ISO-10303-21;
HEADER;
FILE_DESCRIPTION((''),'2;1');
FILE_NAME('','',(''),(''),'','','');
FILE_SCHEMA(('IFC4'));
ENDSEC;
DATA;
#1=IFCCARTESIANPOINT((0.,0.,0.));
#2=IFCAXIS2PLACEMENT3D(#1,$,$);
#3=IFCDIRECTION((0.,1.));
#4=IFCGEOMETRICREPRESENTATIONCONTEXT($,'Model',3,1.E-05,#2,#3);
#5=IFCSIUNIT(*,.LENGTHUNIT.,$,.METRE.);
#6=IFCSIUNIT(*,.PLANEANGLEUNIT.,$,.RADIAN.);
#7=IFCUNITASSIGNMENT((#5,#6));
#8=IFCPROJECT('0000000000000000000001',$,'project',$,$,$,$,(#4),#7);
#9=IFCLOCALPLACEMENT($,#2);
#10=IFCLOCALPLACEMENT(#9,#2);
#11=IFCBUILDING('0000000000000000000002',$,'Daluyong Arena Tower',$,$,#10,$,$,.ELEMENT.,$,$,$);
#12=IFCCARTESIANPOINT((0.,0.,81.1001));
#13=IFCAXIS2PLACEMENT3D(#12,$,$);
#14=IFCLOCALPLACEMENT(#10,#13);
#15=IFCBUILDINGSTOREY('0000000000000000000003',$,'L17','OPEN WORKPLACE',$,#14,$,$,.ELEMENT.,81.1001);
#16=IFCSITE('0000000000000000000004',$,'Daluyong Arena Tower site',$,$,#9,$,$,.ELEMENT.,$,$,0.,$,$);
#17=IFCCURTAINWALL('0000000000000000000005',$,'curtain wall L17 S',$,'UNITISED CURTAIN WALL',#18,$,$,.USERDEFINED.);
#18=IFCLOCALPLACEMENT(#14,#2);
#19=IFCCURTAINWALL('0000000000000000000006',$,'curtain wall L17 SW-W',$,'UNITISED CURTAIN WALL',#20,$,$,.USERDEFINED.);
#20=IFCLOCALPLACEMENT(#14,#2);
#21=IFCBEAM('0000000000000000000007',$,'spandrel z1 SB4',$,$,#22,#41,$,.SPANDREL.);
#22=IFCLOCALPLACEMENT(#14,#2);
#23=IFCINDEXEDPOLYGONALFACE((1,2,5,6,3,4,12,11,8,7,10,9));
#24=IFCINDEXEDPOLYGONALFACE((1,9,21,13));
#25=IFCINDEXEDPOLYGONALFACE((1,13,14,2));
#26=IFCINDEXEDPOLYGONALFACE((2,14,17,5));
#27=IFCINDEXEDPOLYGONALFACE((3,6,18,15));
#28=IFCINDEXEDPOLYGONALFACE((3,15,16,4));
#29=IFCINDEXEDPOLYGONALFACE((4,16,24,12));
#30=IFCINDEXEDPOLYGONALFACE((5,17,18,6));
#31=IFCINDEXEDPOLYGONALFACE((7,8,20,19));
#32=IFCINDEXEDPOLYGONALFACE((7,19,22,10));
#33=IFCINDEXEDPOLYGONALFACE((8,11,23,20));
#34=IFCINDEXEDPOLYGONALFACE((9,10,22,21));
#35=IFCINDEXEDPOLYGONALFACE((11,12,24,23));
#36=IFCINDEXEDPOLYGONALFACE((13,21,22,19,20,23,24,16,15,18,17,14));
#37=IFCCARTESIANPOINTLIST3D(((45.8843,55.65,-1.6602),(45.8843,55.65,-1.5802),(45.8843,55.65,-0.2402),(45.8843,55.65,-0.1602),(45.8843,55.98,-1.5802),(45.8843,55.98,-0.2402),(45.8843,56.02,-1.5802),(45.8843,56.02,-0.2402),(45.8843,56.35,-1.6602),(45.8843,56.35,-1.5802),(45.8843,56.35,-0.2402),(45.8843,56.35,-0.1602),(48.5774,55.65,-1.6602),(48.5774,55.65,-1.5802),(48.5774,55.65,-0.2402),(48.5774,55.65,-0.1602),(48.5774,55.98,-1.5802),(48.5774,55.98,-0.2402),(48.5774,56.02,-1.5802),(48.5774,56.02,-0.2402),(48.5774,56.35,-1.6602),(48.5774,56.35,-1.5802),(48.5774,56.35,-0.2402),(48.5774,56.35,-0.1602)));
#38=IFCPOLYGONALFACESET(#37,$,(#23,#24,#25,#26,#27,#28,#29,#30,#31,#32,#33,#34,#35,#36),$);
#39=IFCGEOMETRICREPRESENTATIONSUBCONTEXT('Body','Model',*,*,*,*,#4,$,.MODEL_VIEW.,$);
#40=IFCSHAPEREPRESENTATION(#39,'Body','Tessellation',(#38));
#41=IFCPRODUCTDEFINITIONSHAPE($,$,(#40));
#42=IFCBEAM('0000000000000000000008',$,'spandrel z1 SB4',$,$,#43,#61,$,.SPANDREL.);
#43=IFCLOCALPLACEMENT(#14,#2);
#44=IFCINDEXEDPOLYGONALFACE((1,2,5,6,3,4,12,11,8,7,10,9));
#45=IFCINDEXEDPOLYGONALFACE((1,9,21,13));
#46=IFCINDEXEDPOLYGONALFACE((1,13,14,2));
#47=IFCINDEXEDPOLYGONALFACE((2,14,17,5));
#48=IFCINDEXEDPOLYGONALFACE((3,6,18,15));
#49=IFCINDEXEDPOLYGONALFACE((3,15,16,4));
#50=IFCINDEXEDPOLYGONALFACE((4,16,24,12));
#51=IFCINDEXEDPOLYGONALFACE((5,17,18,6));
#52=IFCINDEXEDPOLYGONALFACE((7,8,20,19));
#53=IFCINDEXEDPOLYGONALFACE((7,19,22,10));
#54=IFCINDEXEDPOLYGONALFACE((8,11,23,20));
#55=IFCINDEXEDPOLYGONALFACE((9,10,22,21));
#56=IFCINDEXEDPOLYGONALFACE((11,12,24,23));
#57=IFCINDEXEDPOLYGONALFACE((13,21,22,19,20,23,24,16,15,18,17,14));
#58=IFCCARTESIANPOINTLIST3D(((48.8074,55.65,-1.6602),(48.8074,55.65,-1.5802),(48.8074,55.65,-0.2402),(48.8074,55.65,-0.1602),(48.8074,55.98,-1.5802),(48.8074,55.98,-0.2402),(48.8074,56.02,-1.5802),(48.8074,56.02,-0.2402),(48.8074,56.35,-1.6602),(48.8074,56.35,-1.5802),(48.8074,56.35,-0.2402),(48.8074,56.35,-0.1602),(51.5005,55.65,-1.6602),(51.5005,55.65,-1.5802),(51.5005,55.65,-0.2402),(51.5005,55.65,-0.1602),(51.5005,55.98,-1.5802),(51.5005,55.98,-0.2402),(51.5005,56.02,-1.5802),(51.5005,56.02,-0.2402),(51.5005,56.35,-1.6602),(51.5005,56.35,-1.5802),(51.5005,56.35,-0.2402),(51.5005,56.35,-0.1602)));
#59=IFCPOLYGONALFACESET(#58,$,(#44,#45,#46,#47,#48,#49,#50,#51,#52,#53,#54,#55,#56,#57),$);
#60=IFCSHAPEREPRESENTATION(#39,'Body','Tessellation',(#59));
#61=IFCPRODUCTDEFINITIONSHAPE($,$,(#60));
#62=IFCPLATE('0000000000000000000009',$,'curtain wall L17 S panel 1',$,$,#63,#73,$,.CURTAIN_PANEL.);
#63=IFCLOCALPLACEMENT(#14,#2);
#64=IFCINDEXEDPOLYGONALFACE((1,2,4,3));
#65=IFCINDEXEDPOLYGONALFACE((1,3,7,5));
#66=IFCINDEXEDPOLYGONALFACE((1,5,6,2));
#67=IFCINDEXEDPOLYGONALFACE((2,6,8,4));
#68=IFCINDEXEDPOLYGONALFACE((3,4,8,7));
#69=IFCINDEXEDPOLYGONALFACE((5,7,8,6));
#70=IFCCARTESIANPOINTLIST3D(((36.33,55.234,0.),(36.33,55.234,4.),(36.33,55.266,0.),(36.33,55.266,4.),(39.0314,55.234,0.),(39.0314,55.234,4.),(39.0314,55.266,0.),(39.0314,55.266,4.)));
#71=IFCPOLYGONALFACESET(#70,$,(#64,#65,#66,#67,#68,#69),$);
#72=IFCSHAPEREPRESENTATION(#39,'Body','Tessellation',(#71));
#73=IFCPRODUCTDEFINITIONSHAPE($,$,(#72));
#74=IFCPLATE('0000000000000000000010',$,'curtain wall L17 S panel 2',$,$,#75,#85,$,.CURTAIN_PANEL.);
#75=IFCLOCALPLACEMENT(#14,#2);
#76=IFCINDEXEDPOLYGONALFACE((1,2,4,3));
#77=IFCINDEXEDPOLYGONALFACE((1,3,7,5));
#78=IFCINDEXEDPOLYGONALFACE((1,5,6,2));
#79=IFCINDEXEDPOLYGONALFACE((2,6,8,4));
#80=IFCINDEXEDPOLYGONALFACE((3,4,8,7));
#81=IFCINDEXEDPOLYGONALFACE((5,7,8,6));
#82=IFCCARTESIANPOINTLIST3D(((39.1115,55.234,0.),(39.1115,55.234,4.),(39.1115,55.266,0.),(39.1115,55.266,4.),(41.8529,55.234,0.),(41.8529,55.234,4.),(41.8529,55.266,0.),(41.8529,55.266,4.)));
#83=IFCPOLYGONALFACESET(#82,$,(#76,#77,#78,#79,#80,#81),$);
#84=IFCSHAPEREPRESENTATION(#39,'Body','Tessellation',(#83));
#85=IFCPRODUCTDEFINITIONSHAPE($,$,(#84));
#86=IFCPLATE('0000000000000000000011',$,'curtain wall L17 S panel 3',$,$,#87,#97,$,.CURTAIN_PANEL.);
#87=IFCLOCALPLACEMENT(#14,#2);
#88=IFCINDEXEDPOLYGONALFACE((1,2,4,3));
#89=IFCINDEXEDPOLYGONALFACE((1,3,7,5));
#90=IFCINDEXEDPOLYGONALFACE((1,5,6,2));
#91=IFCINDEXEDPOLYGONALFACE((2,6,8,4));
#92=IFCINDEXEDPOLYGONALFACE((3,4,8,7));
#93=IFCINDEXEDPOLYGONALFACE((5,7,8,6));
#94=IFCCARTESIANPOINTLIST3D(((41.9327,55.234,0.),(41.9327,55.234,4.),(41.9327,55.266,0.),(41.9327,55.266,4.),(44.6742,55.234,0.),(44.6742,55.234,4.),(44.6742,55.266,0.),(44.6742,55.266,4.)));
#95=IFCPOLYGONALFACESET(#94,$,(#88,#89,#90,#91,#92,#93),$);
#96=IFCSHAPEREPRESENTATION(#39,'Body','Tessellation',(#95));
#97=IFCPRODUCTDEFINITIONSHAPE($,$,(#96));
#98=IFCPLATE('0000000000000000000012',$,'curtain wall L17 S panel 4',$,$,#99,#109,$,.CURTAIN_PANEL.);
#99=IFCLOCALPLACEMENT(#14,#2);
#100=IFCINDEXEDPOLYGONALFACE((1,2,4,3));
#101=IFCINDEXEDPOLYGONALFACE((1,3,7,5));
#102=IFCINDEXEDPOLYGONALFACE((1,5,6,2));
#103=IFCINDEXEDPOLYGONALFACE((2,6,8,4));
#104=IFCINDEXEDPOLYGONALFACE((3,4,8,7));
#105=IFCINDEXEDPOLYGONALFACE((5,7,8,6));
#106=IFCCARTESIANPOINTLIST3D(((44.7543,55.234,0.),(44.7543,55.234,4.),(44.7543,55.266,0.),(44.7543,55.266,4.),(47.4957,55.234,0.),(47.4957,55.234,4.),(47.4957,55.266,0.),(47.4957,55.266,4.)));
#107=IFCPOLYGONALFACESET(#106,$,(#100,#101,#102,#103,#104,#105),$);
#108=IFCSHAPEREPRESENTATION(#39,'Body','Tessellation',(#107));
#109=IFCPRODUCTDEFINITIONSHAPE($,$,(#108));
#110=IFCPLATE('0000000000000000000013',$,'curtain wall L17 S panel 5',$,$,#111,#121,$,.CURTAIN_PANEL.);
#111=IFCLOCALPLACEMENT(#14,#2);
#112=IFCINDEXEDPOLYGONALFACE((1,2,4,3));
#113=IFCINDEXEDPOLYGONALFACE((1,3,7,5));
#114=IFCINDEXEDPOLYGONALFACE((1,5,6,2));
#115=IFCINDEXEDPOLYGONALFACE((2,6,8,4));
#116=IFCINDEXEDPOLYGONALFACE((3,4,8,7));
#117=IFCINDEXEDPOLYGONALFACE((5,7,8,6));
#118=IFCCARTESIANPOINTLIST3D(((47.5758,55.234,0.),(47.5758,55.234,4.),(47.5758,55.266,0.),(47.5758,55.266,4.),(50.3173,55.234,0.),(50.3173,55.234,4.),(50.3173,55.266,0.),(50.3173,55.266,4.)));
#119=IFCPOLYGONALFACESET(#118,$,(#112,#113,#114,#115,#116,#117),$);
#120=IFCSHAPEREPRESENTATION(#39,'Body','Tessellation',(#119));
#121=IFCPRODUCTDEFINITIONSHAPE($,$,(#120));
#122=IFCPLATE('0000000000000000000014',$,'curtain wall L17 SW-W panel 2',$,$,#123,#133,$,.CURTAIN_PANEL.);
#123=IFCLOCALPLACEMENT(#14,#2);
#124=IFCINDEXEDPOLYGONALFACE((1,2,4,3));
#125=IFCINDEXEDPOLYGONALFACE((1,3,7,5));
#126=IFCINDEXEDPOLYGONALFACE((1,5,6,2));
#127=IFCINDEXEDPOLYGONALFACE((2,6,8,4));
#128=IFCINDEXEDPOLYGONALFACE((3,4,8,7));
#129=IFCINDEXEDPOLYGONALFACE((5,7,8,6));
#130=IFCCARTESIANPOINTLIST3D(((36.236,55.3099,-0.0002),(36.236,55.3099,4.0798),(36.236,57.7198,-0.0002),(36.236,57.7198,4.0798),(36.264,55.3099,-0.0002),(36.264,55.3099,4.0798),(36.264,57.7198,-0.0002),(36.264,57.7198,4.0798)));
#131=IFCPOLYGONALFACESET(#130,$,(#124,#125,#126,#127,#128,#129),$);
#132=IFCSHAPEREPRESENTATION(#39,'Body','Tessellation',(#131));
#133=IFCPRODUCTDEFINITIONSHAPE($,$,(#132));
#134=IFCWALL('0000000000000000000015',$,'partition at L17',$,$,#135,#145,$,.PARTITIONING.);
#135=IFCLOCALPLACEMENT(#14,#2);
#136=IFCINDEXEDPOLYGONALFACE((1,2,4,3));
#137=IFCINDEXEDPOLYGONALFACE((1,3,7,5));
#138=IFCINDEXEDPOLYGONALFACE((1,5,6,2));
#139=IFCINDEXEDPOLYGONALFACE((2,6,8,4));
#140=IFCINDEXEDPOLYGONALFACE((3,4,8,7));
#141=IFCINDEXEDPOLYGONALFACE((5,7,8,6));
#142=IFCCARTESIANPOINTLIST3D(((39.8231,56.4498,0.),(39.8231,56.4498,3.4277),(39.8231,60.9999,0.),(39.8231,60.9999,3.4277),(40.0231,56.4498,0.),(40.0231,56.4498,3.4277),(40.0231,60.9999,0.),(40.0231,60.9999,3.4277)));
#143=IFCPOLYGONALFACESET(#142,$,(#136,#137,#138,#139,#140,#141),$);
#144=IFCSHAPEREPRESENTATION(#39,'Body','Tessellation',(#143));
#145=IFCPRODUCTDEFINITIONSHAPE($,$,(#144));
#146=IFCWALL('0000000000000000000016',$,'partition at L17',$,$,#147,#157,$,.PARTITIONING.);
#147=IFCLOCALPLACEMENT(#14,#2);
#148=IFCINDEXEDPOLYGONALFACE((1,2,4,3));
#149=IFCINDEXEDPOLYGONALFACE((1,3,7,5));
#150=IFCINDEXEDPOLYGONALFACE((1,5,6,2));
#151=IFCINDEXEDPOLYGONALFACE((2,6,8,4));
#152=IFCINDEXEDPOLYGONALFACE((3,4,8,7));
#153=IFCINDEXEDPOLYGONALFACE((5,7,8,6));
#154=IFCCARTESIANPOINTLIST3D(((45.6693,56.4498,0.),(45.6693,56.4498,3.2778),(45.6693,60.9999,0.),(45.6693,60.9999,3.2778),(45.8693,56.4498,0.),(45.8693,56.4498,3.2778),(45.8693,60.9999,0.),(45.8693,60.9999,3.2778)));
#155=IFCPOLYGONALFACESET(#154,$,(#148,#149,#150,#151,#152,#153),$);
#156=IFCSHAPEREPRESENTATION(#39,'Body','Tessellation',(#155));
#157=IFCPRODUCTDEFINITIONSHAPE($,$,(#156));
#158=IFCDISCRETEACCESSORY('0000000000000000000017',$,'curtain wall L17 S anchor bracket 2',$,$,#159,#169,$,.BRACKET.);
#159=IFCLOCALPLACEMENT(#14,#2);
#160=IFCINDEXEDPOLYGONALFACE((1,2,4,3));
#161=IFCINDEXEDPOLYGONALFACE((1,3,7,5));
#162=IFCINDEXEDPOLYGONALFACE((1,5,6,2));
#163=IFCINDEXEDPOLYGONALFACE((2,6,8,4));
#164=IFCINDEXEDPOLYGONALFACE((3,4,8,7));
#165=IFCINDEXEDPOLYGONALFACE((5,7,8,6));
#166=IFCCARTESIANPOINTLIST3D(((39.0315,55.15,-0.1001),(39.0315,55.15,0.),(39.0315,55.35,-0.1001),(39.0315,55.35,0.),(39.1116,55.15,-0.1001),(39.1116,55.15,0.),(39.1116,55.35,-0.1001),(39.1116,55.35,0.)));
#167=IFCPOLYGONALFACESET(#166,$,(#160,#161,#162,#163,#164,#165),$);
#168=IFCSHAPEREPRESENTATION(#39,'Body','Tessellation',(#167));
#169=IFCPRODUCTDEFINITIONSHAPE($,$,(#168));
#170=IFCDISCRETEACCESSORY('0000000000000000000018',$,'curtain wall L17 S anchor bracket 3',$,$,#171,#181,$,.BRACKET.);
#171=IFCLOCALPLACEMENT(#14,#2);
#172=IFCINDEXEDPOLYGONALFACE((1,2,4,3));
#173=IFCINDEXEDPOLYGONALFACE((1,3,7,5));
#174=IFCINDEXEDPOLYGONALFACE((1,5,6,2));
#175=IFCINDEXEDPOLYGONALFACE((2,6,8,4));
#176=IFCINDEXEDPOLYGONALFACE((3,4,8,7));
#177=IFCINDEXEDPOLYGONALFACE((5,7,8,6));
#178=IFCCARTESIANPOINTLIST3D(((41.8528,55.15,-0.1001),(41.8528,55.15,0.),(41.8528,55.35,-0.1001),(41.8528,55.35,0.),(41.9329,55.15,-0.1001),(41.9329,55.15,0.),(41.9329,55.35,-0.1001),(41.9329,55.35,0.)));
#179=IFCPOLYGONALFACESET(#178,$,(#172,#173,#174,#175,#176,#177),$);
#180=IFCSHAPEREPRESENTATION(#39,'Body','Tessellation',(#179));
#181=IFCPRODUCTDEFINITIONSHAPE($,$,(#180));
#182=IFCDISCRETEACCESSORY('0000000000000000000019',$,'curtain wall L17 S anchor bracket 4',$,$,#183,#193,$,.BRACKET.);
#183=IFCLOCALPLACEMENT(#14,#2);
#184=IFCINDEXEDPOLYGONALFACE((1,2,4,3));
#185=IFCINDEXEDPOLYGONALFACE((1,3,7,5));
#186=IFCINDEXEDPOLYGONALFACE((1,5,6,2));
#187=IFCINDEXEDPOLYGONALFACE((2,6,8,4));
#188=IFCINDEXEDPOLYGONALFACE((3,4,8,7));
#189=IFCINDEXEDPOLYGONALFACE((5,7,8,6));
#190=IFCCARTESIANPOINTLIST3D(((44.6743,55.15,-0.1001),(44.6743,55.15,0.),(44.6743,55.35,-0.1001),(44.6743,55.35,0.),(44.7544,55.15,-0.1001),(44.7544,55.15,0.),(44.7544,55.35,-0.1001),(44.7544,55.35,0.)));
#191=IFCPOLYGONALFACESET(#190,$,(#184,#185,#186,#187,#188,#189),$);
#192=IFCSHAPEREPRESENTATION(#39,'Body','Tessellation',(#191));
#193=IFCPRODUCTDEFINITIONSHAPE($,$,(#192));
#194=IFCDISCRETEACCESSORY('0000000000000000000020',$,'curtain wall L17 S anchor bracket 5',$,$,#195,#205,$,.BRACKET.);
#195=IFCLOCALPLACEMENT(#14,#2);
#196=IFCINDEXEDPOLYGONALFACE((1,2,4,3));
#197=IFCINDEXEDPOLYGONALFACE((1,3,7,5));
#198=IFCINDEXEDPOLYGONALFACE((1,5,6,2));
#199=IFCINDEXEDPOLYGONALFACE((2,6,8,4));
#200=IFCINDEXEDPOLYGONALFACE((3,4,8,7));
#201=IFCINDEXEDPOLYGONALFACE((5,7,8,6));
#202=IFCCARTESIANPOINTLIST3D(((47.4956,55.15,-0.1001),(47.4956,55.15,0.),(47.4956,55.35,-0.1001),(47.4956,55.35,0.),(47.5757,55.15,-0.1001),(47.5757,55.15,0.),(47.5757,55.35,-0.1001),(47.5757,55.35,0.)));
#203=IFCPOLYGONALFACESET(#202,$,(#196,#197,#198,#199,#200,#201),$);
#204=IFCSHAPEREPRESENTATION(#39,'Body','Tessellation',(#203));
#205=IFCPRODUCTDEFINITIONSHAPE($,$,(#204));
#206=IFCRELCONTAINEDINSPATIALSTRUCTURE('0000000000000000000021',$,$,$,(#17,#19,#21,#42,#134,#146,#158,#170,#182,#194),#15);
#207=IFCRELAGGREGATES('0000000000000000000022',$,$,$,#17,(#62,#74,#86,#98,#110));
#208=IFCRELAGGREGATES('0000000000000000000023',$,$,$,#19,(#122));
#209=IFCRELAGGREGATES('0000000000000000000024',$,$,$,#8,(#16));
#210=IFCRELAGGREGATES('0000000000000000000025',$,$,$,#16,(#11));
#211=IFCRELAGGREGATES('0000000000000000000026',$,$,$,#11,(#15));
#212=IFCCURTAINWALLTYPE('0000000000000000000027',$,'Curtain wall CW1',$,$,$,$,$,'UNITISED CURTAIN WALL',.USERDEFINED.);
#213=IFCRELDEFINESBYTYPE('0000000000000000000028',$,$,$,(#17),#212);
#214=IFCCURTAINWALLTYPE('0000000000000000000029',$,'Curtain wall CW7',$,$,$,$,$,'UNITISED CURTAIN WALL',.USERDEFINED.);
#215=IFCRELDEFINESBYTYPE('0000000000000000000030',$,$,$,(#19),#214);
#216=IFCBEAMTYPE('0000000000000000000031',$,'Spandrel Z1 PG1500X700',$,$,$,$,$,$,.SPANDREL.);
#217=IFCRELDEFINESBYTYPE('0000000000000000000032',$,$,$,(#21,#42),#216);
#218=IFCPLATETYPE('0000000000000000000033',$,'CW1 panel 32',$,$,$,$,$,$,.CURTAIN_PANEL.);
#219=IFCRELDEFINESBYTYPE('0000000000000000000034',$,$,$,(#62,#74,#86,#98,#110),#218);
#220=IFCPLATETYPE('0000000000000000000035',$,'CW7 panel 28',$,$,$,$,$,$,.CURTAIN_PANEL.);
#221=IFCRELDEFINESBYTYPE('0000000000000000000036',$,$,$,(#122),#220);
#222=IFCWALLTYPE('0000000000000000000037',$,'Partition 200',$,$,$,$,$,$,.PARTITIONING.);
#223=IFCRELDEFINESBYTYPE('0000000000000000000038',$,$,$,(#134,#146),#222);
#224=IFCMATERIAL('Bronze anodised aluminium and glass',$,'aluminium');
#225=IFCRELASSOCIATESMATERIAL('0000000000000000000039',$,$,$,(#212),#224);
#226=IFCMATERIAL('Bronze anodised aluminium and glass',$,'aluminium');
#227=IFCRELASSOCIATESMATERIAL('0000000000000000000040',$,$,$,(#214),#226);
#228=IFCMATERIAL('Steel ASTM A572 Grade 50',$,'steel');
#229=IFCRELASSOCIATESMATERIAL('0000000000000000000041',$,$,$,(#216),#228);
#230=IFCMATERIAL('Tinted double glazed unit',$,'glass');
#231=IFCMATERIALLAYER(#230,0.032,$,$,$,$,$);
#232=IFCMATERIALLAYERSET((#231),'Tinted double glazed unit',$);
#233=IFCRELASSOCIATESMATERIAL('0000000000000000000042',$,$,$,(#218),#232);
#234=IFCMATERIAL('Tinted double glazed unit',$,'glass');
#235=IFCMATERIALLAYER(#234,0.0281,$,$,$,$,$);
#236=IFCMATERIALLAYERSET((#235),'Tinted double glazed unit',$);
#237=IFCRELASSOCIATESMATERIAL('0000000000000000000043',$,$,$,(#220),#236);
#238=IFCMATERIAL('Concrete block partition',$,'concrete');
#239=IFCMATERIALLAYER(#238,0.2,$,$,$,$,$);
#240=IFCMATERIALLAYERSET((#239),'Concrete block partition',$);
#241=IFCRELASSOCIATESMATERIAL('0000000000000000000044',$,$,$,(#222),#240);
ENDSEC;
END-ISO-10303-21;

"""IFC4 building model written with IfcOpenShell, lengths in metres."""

from ifc_helpers import new_model, si_unit, direction, frame, frame_2d, origin, origin_2d, place, context, subcontext, project, spatial, rectangle, i_section, extrude, material, layer, layer_set, material_profile, profile_set, type_object, element, aggregate, save


model = new_model("IFC4")

# Units and contexts
model_context = context("Model", 3, precision=1e-05, world=origin(), true_north=direction((0.0, 1.0)))
body_context = subcontext(model_context, "Body", "Model", "MODEL_VIEW")
ifc_project = project(units=[si_unit("LENGTHUNIT", "METRE"), si_unit("PLANEANGLEUNIT", "RADIAN")], contexts=[model_context])

# Site, building, storey
site_placement = place(None, origin())
site = spatial("IfcSite", under=ifc_project, at=site_placement, Name="Daluyong Arena Tower site", CompositionType="ELEMENT", RefElevation=0.0)
building_placement = place(site_placement, origin())
building = spatial("IfcBuilding", under=site, at=building_placement, Name="Daluyong Arena Tower", CompositionType="ELEMENT")
storey_placement = place(building_placement, frame((0.0, 0.0, 81.1001)))
storey = spatial("IfcBuildingStorey", under=building, at=storey_placement, Name="L17", Description="OPEN WORKPLACE", CompositionType="ELEMENT", Elevation=81.1001)

# Curtain walls
ifc_material_1 = material(Name="Bronze anodised aluminium and glass", Category="aluminium")
curtain_wall_type_1 = type_object("IfcCurtainWallType", Name="Curtain wall CW1", ElementType="UNITISED CURTAIN WALL", PredefinedType="USERDEFINED", material=ifc_material_1)
curtain_wall_1_placement = place(storey_placement, origin())
curtain_wall_1 = element("IfcCurtainWall", 1, at=curtain_wall_1_placement, inside=storey, type_object=curtain_wall_type_1, Name="curtain wall L17 S", ObjectType="UNITISED CURTAIN WALL", PredefinedType="USERDEFINED")
ifc_material_2 = material(Name="Bronze anodised aluminium and glass", Category="aluminium")
curtain_wall_type_2 = type_object("IfcCurtainWallType", Name="Curtain wall CW7", ElementType="UNITISED CURTAIN WALL", PredefinedType="USERDEFINED", material=ifc_material_2)
curtain_wall_2_placement = place(storey_placement, origin())
curtain_wall_2 = element("IfcCurtainWall", 2, at=curtain_wall_2_placement, inside=storey, type_object=curtain_wall_type_2, Name="curtain wall L17 SW-W", ObjectType="UNITISED CURTAIN WALL", PredefinedType="USERDEFINED")

# Beams
ifc_material_3 = material(Name="Steel ASTM A572 Grade 50", Category="steel")
ifc_material_profile_1 = material_profile(ifc_material_3, i_section(OverallWidth=0.7, OverallDepth=1.5, WebThickness=0.04, FlangeThickness=0.08, at=origin_2d()))
ifc_profile_set_1 = profile_set([ifc_material_profile_1], Name="Steel ASTM A572 Grade 50")
beam_type_1 = type_object("IfcBeamType", Name="Spandrel Z1 PG1500X700", PredefinedType="SPANDREL", material=ifc_profile_set_1)
for number, where, z_axis, x_axis, name in (
    (3, (45.8843, 56.0, -0.9102), (1.0, 0.0, 0.0), (0.0, 1.0, 0.0), "spandrel z1 SB4"),
    (4, (48.8074, 56.0, -0.9102), (1.0, 0.0, 0.0), (0.0, 1.0, 0.0), "spandrel z1 SB4"),
):
    element("IfcBeam", number, at=place(storey_placement, frame(where, z_axis=z_axis, x_axis=x_axis)), inside=storey, type_object=beam_type_1, Name=name, PredefinedType="SPANDREL", context=body_context, shape_type="SweptSolid", body=[
        extrude(i_section(OverallWidth=0.7, OverallDepth=1.5, WebThickness=0.04, FlangeThickness=0.08, at=origin_2d()), origin(), (0.0, 0.0, 1.0), 2.6931),
    ])

# Plates
ifc_material_4 = material(Name="Tinted double glazed unit", Category="glass")
ifc_layer_1 = layer(ifc_material_4, 0.032)
ifc_layer_set_1 = layer_set([ifc_layer_1], Name="Tinted double glazed unit")
plate_type_1 = type_object("IfcPlateType", Name="CW1 panel 32", PredefinedType="CURTAIN_PANEL", material=ifc_layer_set_1)
plate_1_placement = place(storey_placement, frame((37.6807, 55.25, 0.0), z_axis=(0.0, 0.0, 1.0), x_axis=(1.0, 0.0, 0.0)))
plate_1 = element("IfcPlate", 5, at=plate_1_placement, type_object=plate_type_1, Name="curtain wall L17 S panel 1", PredefinedType="CURTAIN_PANEL", context=body_context, shape_type="SweptSolid", body=[
    extrude(rectangle(XDim=2.7014, YDim=0.032, at=origin_2d()), origin(), (0.0, 0.0, 1.0), 4.0),
])
plate_2_placement = place(storey_placement, frame((40.4822, 55.25, 0.0), z_axis=(0.0, 0.0, 1.0), x_axis=(1.0, 0.0, 0.0)))
plate_2 = element("IfcPlate", 6, at=plate_2_placement, type_object=plate_type_1, Name="curtain wall L17 S panel 2", PredefinedType="CURTAIN_PANEL", context=body_context, shape_type="SweptSolid", body=[
    extrude(rectangle(XDim=2.7415, YDim=0.032, at=origin_2d()), origin(), (0.0, 0.0, 1.0), 4.0),
])
plate_3_placement = place(storey_placement, frame((43.3035, 55.25, 0.0), z_axis=(0.0, 0.0, 1.0), x_axis=(1.0, 0.0, 0.0)))
plate_3 = element("IfcPlate", 7, at=plate_3_placement, type_object=plate_type_1, Name="curtain wall L17 S panel 3", PredefinedType="CURTAIN_PANEL", context=body_context, shape_type="SweptSolid", body=[
    extrude(rectangle(XDim=2.7415, YDim=0.032, at=origin_2d()), origin(), (0.0, 0.0, 1.0), 4.0),
])
plate_4_placement = place(storey_placement, frame((46.125, 55.25, 0.0), z_axis=(0.0, 0.0, 1.0), x_axis=(1.0, 0.0, 0.0)))
plate_4 = element("IfcPlate", 8, at=plate_4_placement, type_object=plate_type_1, Name="curtain wall L17 S panel 4", PredefinedType="CURTAIN_PANEL", context=body_context, shape_type="SweptSolid", body=[
    extrude(rectangle(XDim=2.7415, YDim=0.032, at=origin_2d()), origin(), (0.0, 0.0, 1.0), 4.0),
])
plate_5_placement = place(storey_placement, frame((48.9465, 55.25, 0.0), z_axis=(0.0, 0.0, 1.0), x_axis=(1.0, 0.0, 0.0)))
plate_5 = element("IfcPlate", 9, at=plate_5_placement, type_object=plate_type_1, Name="curtain wall L17 S panel 5", PredefinedType="CURTAIN_PANEL", context=body_context, shape_type="SweptSolid", body=[
    extrude(rectangle(XDim=2.7415, YDim=0.032, at=origin_2d()), origin(), (0.0, 0.0, 1.0), 4.0),
])
aggregate(curtain_wall_1, [plate_1, plate_2, plate_3, plate_4, plate_5])
ifc_material_5 = material(Name="Tinted double glazed unit", Category="glass")
ifc_layer_2 = layer(ifc_material_5, 0.0281)
ifc_layer_set_2 = layer_set([ifc_layer_2], Name="Tinted double glazed unit")
plate_type_2 = type_object("IfcPlateType", Name="CW7 panel 28", PredefinedType="CURTAIN_PANEL", material=ifc_layer_set_2)
plate_6_placement = place(storey_placement, frame((36.25, 56.5149, -0.0002), z_axis=(0.0, 0.0, 1.0), x_axis=(0.0, -1.0, 0.0)))
plate_6 = element("IfcPlate", 10, at=plate_6_placement, type_object=plate_type_2, Name="curtain wall L17 SW-W panel 2", PredefinedType="CURTAIN_PANEL", context=body_context, shape_type="SweptSolid", body=[
    extrude(rectangle(XDim=2.4099, YDim=0.0281, at=origin_2d()), origin(), (0.0, 0.0, 1.0), 4.0801),
])
aggregate(curtain_wall_2, [plate_6])

# Walls
ifc_material_6 = material(Name="Concrete block partition", Category="concrete")
ifc_layer_3 = layer(ifc_material_6, 0.2)
ifc_layer_set_3 = layer_set([ifc_layer_3], Name="Concrete block partition")
wall_type = type_object("IfcWallType", Name="Partition 200", PredefinedType="PARTITIONING", material=ifc_layer_set_3)
wall_1_placement = place(storey_placement, frame((39.9231, 56.45, 0.0), z_axis=(0.0, 0.0, 1.0), x_axis=(0.0, 1.0, 0.0)))
element("IfcWall", 11, at=wall_1_placement, inside=storey, type_object=wall_type, Name="partition at L17", PredefinedType="PARTITIONING", context=body_context, shape_type="SweptSolid", body=[
    extrude(rectangle(XDim=4.55, YDim=0.2, at=frame_2d((2.2749, 0.0))), origin(), (0.0, 0.0, 1.0), 3.4277),
])
wall_2_placement = place(storey_placement, frame((45.7693, 56.45, 0.0), z_axis=(0.0, 0.0, 1.0), x_axis=(0.0, 1.0, 0.0)))
element("IfcWall", 12, at=wall_2_placement, inside=storey, type_object=wall_type, Name="partition at L17", PredefinedType="PARTITIONING", context=body_context, shape_type="SweptSolid", body=[
    extrude(rectangle(XDim=4.55, YDim=0.2, at=frame_2d((2.2749, 0.0))), origin(), (0.0, 0.0, 1.0), 3.2778),
])

# Discrete accessories
for number, where, z_axis, x_axis, name in (
    (13, (39.0715, 55.25, -0.1001), (0.0, 0.0, 1.0), (1.0, 0.0, 0.0), "curtain wall L17 S anchor bracket 2"),
    (14, (41.8928, 55.25, -0.1001), (0.0, 0.0, 1.0), (1.0, 0.0, 0.0), "curtain wall L17 S anchor bracket 3"),
    (15, (44.7144, 55.25, -0.1001), (0.0, 0.0, 1.0), (1.0, 0.0, 0.0), "curtain wall L17 S anchor bracket 4"),
    (16, (47.5356, 55.25, -0.1001), (0.0, 0.0, 1.0), (1.0, 0.0, 0.0), "curtain wall L17 S anchor bracket 5"),
):
    element("IfcDiscreteAccessory", number, at=place(storey_placement, frame(where, z_axis=z_axis, x_axis=x_axis)), inside=storey, Name=name, PredefinedType="BRACKET", context=body_context, shape_type="SweptSolid", body=[
        extrude(rectangle(XDim=0.0801, YDim=0.2, at=origin_2d()), origin(), (0.0, 0.0, 1.0), 0.1001),
    ])

save(model, "model.ifc")
